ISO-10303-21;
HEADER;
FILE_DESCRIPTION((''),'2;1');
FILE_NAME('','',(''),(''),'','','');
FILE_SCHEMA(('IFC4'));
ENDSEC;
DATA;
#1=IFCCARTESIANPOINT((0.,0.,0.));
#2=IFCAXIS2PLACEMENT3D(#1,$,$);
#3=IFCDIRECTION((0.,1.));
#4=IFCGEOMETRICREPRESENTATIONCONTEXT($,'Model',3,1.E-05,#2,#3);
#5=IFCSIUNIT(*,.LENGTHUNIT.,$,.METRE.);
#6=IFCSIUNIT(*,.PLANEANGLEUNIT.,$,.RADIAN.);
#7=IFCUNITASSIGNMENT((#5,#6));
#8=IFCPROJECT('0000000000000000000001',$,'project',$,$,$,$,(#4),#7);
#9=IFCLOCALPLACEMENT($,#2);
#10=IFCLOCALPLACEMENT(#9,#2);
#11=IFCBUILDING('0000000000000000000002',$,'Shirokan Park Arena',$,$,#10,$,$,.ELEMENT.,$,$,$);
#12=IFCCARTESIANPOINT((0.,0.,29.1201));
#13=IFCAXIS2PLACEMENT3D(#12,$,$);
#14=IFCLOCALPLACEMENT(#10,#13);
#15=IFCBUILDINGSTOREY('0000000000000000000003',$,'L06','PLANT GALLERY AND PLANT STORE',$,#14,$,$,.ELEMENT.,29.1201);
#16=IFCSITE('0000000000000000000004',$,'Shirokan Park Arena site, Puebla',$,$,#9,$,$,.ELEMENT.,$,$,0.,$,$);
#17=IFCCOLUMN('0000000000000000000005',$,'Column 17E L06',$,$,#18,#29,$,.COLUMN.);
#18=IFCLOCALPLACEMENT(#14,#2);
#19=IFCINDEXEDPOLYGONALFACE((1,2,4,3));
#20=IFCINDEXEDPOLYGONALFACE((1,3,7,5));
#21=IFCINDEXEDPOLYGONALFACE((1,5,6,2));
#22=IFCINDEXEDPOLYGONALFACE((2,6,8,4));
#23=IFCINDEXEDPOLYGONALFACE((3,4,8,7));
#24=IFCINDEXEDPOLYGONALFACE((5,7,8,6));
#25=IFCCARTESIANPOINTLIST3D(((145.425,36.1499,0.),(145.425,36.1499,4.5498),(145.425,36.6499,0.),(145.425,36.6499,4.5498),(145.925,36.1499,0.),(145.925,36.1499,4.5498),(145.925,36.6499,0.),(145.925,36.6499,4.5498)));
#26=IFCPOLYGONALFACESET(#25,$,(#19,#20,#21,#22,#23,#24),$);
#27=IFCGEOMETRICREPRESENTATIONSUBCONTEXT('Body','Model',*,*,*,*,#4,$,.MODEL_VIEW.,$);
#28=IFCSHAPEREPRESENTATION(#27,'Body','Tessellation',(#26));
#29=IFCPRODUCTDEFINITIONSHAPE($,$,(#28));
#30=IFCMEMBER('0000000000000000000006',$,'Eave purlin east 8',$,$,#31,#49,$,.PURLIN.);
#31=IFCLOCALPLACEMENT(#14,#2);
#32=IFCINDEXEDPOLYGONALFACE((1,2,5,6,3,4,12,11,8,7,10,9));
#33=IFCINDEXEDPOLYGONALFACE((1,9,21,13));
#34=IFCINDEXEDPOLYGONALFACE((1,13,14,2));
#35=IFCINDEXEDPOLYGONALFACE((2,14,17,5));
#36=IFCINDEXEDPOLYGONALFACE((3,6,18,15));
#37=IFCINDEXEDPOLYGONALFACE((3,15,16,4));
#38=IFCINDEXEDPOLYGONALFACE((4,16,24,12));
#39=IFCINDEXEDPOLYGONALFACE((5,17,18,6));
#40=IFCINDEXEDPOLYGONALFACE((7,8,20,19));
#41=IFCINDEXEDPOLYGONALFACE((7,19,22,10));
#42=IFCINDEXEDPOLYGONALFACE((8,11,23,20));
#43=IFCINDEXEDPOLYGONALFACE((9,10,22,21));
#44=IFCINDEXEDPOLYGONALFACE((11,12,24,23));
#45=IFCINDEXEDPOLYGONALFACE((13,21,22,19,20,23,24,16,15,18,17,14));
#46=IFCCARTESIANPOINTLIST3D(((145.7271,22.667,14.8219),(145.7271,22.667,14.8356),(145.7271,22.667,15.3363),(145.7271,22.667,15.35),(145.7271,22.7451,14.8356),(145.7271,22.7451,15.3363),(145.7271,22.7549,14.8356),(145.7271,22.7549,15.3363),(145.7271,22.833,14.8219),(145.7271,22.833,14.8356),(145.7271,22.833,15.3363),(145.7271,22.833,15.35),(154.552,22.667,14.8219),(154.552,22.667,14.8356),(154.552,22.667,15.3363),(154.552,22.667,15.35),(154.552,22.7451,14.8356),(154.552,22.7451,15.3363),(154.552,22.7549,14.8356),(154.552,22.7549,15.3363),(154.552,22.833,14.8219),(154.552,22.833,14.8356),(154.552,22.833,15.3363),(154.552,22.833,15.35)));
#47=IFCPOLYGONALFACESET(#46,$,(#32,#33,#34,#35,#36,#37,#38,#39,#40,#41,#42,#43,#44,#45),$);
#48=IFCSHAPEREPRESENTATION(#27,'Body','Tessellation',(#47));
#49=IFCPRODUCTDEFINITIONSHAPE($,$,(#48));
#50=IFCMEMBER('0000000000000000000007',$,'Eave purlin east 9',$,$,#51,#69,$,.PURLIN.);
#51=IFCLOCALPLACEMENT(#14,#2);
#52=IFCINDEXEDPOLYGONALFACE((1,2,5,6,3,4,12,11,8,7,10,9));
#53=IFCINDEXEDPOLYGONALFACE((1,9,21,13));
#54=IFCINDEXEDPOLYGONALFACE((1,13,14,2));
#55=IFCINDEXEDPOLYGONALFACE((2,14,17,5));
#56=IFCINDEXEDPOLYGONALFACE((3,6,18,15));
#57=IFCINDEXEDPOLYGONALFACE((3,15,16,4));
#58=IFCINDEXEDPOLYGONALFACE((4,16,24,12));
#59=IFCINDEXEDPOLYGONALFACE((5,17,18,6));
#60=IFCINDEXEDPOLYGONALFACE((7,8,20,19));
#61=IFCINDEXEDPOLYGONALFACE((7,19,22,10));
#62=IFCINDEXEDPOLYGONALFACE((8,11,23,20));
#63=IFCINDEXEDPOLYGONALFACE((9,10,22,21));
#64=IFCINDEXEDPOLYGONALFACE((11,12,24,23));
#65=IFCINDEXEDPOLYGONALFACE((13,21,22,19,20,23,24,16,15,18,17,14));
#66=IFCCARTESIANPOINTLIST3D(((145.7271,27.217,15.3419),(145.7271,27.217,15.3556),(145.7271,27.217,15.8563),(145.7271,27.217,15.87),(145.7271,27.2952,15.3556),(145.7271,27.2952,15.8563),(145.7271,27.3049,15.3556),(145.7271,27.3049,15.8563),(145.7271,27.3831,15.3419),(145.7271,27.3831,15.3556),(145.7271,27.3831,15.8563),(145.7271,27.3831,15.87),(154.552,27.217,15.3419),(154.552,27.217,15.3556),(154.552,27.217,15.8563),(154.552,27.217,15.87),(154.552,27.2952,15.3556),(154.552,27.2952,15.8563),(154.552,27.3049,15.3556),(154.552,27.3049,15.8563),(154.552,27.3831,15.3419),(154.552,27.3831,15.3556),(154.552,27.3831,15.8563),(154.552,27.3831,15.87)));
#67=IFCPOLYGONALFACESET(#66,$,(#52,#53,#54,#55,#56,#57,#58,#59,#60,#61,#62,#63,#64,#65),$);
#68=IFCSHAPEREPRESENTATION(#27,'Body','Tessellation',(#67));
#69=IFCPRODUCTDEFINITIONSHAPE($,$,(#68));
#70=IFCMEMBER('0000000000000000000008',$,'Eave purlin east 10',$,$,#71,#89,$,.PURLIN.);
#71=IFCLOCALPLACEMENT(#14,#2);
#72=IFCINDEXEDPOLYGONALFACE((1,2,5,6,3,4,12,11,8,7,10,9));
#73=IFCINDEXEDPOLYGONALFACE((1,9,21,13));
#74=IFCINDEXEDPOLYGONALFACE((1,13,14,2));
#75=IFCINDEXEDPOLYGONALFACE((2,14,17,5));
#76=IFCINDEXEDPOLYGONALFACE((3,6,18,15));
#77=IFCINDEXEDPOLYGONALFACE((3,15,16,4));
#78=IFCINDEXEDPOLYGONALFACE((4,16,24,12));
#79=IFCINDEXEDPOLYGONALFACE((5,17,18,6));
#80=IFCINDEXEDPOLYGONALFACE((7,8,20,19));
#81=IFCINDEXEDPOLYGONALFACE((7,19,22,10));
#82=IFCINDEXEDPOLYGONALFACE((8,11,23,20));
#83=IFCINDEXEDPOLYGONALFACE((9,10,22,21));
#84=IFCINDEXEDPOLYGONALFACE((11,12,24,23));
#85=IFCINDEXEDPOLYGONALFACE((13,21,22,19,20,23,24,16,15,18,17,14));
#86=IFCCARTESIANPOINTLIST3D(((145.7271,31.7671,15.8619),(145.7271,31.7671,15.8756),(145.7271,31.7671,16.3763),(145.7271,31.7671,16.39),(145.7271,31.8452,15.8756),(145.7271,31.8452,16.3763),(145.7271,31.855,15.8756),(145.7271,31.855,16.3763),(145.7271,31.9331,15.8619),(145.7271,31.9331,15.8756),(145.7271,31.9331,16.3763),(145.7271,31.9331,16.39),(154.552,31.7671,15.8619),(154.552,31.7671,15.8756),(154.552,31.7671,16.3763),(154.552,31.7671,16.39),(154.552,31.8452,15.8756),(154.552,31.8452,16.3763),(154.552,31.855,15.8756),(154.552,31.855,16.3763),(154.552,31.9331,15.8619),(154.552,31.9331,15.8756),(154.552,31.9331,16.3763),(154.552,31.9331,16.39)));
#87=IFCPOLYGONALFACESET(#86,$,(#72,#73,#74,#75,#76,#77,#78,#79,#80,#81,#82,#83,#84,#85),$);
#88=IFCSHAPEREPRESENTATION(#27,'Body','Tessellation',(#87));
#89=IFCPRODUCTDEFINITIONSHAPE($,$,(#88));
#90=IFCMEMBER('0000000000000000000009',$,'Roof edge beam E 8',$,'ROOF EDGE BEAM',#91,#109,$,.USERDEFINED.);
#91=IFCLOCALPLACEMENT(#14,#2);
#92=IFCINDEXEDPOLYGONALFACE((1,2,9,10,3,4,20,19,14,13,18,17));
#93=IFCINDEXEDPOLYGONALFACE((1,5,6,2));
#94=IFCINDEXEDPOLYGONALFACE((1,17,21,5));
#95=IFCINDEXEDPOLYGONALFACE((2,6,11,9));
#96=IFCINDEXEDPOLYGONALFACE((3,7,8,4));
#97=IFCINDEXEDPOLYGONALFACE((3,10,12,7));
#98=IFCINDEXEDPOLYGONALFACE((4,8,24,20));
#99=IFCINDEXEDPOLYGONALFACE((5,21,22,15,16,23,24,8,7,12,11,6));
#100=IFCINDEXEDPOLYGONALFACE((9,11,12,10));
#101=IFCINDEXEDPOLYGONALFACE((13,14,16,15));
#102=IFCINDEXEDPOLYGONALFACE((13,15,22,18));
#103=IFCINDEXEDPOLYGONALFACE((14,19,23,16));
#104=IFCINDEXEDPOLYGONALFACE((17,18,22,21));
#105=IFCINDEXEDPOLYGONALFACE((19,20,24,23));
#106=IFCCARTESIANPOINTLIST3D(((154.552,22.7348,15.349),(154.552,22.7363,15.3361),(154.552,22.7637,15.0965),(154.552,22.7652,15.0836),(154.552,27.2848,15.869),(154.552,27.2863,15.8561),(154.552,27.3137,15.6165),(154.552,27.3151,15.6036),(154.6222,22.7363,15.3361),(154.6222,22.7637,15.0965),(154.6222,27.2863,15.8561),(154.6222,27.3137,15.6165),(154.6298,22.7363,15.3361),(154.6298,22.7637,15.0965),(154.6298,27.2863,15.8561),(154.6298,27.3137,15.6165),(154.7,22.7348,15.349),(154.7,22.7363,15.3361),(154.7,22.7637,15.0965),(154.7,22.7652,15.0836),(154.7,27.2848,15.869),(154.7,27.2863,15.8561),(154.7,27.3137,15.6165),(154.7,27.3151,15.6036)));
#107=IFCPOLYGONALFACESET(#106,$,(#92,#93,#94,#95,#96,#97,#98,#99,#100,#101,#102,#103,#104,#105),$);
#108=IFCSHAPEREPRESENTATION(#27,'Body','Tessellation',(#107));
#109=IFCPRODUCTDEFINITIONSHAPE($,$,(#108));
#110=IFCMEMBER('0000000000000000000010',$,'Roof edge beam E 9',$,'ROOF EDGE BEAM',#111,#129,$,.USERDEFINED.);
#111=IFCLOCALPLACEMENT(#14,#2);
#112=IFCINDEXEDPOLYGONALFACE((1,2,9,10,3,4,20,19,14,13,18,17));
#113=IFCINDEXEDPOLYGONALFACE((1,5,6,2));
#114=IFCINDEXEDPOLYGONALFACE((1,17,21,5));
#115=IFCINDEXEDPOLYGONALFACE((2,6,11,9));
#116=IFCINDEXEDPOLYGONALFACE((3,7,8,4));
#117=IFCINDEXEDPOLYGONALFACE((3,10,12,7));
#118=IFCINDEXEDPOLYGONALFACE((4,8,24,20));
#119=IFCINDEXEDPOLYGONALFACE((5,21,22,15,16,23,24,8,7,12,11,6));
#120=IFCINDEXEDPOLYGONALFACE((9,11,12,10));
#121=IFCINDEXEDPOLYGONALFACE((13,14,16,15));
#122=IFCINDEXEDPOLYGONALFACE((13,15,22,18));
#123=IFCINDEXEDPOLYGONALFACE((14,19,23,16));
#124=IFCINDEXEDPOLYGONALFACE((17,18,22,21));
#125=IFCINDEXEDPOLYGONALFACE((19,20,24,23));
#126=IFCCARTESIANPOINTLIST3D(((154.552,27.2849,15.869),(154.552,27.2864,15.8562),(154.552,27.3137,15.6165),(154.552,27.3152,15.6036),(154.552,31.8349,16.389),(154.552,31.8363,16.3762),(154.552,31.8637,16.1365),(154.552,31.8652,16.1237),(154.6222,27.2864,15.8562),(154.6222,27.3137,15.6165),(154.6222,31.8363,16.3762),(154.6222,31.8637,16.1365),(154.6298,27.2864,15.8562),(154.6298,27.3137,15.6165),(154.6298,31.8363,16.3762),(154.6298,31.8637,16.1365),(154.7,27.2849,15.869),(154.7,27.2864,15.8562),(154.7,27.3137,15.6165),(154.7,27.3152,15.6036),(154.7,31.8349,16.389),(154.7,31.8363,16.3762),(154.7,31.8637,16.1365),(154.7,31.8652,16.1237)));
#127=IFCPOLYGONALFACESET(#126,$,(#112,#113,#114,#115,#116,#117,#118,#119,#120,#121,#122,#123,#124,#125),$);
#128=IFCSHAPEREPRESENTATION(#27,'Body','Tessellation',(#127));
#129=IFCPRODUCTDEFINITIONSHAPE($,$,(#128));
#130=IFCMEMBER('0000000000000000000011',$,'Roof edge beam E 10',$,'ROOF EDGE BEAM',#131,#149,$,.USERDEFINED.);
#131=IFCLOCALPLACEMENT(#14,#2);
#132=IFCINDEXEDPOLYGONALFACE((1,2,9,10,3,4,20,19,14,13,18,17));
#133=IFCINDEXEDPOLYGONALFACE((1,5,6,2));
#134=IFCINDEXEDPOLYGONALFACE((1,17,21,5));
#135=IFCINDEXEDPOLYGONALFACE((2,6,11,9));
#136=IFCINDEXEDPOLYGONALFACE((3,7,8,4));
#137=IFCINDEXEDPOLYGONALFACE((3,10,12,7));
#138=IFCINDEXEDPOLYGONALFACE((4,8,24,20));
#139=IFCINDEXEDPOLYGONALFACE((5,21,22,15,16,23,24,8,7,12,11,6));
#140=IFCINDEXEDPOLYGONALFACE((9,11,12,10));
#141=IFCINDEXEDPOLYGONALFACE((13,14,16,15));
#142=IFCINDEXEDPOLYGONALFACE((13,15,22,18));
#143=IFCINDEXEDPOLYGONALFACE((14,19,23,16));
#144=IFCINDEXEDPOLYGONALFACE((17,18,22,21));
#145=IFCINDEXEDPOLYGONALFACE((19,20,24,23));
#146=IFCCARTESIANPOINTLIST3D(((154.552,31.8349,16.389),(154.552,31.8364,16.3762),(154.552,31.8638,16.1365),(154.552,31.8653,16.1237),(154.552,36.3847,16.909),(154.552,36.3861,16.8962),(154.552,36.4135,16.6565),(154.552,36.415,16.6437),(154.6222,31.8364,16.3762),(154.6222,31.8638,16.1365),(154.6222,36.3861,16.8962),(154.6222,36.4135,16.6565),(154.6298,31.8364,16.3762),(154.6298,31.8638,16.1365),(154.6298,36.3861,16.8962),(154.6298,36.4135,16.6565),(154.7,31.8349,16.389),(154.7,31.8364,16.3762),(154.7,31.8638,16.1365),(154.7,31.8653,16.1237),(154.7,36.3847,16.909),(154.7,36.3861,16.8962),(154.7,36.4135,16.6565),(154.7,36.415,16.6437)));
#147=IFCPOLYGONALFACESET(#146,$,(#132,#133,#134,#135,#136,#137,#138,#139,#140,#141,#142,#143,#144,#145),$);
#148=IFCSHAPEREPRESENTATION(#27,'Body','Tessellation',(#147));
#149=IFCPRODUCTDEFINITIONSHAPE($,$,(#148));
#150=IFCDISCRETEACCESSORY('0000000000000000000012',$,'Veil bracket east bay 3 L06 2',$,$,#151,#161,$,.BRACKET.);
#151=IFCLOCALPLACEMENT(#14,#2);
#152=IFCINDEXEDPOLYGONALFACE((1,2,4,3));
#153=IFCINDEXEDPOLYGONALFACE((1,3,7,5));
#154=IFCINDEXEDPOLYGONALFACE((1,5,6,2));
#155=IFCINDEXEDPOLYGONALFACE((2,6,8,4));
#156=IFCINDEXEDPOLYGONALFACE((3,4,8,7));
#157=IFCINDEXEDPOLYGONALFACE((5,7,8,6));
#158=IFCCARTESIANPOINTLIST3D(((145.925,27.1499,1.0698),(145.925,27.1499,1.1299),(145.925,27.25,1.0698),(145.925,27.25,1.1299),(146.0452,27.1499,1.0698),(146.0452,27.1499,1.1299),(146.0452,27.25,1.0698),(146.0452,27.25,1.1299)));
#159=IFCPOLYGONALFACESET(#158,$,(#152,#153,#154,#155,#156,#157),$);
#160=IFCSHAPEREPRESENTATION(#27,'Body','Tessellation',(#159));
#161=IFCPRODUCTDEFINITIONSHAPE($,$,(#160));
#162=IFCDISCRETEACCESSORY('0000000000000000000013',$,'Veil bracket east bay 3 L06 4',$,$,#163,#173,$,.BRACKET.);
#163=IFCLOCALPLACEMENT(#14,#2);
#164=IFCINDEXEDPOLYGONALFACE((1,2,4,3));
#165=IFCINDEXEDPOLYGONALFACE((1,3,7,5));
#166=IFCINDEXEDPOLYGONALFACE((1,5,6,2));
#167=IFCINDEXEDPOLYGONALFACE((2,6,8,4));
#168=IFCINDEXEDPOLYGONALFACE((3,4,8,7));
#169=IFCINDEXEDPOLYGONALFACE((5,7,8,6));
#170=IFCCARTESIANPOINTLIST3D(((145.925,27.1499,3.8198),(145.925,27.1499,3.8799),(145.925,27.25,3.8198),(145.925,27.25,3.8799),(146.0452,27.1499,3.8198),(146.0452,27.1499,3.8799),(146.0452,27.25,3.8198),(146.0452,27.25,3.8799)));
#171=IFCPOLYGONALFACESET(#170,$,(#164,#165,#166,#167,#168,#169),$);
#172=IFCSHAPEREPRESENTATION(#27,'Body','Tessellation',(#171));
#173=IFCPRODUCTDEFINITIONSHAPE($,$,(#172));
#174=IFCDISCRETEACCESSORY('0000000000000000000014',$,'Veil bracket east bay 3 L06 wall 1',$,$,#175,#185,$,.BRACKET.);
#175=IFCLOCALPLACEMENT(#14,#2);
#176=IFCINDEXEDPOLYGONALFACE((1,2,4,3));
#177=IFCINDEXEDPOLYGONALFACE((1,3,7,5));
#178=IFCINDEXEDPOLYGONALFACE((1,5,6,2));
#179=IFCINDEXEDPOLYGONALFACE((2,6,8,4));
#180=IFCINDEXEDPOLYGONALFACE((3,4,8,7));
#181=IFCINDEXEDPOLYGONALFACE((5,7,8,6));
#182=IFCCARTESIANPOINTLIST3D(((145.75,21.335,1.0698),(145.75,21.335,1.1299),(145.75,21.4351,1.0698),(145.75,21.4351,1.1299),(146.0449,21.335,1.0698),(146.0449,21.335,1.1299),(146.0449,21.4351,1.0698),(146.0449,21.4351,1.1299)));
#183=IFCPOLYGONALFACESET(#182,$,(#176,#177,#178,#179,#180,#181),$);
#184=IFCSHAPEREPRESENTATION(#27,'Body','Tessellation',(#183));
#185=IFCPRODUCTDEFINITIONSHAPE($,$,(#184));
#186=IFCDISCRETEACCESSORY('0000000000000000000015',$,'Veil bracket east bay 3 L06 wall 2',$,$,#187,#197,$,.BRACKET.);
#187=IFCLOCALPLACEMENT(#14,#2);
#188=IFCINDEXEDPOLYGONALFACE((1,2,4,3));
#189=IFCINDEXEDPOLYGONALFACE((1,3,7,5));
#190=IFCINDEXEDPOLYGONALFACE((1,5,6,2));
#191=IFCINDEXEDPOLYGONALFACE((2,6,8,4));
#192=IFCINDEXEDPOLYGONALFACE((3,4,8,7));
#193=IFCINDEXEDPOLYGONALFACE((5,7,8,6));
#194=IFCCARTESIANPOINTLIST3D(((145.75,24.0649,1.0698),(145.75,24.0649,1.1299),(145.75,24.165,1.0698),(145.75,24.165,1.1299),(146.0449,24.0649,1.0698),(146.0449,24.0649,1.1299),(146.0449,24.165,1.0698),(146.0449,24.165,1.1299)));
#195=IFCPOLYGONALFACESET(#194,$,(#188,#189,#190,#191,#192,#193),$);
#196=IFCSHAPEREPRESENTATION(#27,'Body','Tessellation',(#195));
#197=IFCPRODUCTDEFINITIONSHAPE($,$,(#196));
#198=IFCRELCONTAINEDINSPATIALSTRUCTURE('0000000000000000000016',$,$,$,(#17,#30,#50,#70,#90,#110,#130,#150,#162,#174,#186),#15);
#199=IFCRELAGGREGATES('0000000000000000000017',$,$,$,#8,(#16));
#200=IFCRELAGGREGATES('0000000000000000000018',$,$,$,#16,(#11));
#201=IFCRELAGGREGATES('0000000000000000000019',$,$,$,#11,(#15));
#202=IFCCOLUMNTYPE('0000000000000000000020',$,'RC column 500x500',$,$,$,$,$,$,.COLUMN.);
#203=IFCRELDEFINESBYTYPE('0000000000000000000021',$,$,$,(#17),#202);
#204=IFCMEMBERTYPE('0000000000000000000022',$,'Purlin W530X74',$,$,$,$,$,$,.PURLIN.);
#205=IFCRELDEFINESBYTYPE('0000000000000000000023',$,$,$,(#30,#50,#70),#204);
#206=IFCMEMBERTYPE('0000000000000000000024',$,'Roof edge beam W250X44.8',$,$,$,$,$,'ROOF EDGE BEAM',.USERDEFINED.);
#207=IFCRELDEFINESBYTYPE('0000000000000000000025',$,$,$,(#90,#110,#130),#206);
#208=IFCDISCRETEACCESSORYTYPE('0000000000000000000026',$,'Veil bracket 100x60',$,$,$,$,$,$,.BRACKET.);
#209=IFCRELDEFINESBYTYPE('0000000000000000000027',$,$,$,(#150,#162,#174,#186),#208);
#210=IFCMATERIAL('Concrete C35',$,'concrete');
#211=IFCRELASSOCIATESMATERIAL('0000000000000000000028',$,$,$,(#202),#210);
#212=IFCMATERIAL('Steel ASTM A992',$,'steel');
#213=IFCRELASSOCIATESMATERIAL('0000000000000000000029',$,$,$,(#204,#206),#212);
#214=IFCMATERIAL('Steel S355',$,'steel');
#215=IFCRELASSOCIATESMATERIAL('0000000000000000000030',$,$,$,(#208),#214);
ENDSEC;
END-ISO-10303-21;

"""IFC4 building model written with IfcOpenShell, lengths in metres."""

from ifc_helpers import new_model, si_unit, direction, frame, origin, origin_2d, place, context, subcontext, project, spatial, rectangle, i_section, extrude, material, material_profile, profile_set, type_object, element, save


model = new_model("IFC4")

# Units and contexts
model_context = context("Model", 3, precision=1e-05, world=origin(), true_north=direction((0.0, 1.0)))
body_context = subcontext(model_context, "Body", "Model", "MODEL_VIEW")
ifc_project = project(units=[si_unit("LENGTHUNIT", "METRE"), si_unit("PLANEANGLEUNIT", "RADIAN")], contexts=[model_context])

# Site, building, storey
site_placement = place(None, origin())
site = spatial("IfcSite", under=ifc_project, at=site_placement, Name="Shirokan Park Arena site, Puebla", CompositionType="ELEMENT", RefElevation=0.0)
building_placement = place(site_placement, origin())
building = spatial("IfcBuilding", under=site, at=building_placement, Name="Shirokan Park Arena", CompositionType="ELEMENT")
storey_placement = place(building_placement, frame((0.0, 0.0, 29.1201)))
storey = spatial("IfcBuildingStorey", under=building, at=storey_placement, Name="L06", Description="PLANT GALLERY AND PLANT STORE", CompositionType="ELEMENT", Elevation=29.1201)

# Column
ifc_material_1 = material(Name="Concrete C35", Category="concrete")
ifc_material_profile_1 = material_profile(ifc_material_1, rectangle(XDim=0.5, YDim=0.5, at=origin_2d()), Name="500x500")
ifc_profile_set_1 = profile_set([ifc_material_profile_1], Name="Concrete C35")
column_type = type_object("IfcColumnType", Name="RC column 500x500", PredefinedType="COLUMN", material=ifc_profile_set_1)
column_placement = place(storey_placement, frame((145.675, 36.3999, 0.0), z_axis=(0.0, 0.0, 1.0), x_axis=(1.0, 0.0, 0.0)))
element("IfcColumn", 1, at=column_placement, inside=storey, type_object=column_type, Name="Column 17E L06", PredefinedType="COLUMN", context=body_context, shape_type="SweptSolid", body=[
    extrude(rectangle(XDim=0.5, YDim=0.5, at=origin_2d()), origin(), (0.0, 0.0, 1.0), 4.5498),
])

# Members
ifc_material_2 = material(Name="Steel ASTM A992", Category="steel")
ifc_material_profile_2 = material_profile(ifc_material_2, i_section(OverallWidth=0.166, OverallDepth=0.5281, WebThickness=0.0098, FlangeThickness=0.0137, at=origin_2d()), Name="W530X74")
ifc_profile_set_2 = profile_set([ifc_material_profile_2], Name="Steel ASTM A992")
member_type_1 = type_object("IfcMemberType", Name="Purlin W530X74", PredefinedType="PURLIN", material=ifc_profile_set_2)
for number, where, z_axis, x_axis, name in (
    (2, (145.7271, 22.75, 15.0859), (1.0, 0.0, 0.0), (0.0, 1.0, 0.0), "Eave purlin east 8"),
    (3, (145.7271, 27.3, 15.606), (1.0, 0.0, 0.0), (0.0, 1.0, 0.0), "Eave purlin east 9"),
    (4, (145.7271, 31.8501, 16.126), (1.0, 0.0, 0.0), (0.0, 1.0, 0.0), "Eave purlin east 10"),
):
    element("IfcMember", number, at=place(storey_placement, frame(where, z_axis=z_axis, x_axis=x_axis)), inside=storey, type_object=member_type_1, Name=name, PredefinedType="PURLIN", context=body_context, shape_type="SweptSolid", body=[
        extrude(i_section(OverallWidth=0.166, OverallDepth=0.5281, WebThickness=0.0098, FlangeThickness=0.0137, at=origin_2d()), origin(), (0.0, 0.0, 1.0), 8.825),
    ])
ifc_material_profile_3 = material_profile(ifc_material_2, i_section(OverallWidth=0.1479, OverallDepth=0.2671, WebThickness=0.0076, FlangeThickness=0.0129, at=origin_2d()), Name="W250X44.8")
ifc_profile_set_3 = profile_set([ifc_material_profile_3], Name="Steel ASTM A992")
member_type_2 = type_object("IfcMemberType", Name="Roof edge beam W250X44.8", ElementType="ROOF EDGE BEAM", PredefinedType="USERDEFINED", material=ifc_profile_set_3)
for number, where, z_axis, x_axis, name in (
    (5, (154.626, 22.75, 15.2163), (0.0, 0.993532, 0.11355), (-1.0, 0.0, 0.0), "Roof edge beam E 8"),
    (6, (154.626, 27.3, 15.7363), (0.0, 0.993532, 0.11355), (-1.0, 0.0, 0.0), "Roof edge beam E 9"),
):
    element("IfcMember", number, at=place(storey_placement, frame(where, z_axis=z_axis, x_axis=x_axis)), inside=storey, type_object=member_type_2, Name=name, ObjectType="ROOF EDGE BEAM", PredefinedType="USERDEFINED", context=body_context, shape_type="SweptSolid", body=[
        extrude(i_section(OverallWidth=0.1479, OverallDepth=0.2671, WebThickness=0.0076, FlangeThickness=0.0129, at=origin_2d()), origin(), (0.0, 0.0, 1.0), 4.5796),
    ])
member_placement = place(storey_placement, frame((154.626, 31.8501, 16.2563), z_axis=(0.0, 0.993532, 0.113556), x_axis=(-1.0, 0.0, 0.0)))
element("IfcMember", 7, at=member_placement, inside=storey, type_object=member_type_2, Name="Roof edge beam E 10", ObjectType="ROOF EDGE BEAM", PredefinedType="USERDEFINED", context=body_context, shape_type="SweptSolid", body=[
    extrude(i_section(OverallWidth=0.1479, OverallDepth=0.2671, WebThickness=0.0076, FlangeThickness=0.0129, at=origin_2d()), origin(), (0.0, 0.0, 1.0), 4.5793),
])

# Discrete accessories
ifc_material_3 = material(Name="Steel S355", Category="steel")
discrete_accessory_type = type_object("IfcDiscreteAccessoryType", Name="Veil bracket 100x60", PredefinedType="BRACKET", material=ifc_material_3)
for number, where, z_axis, x_axis, name in (
    (8, (145.9851, 27.2, 1.0698), (0.0, 0.0, 1.0), (0.0, 1.0, 0.0), "Veil bracket east bay 3 L06 2"),
    (9, (145.9851, 27.2, 3.8198), (0.0, 0.0, 1.0), (0.0, 1.0, 0.0), "Veil bracket east bay 3 L06 4"),
):
    element("IfcDiscreteAccessory", number, at=place(storey_placement, frame(where, z_axis=z_axis, x_axis=x_axis)), inside=storey, type_object=discrete_accessory_type, Name=name, PredefinedType="BRACKET", context=body_context, shape_type="SweptSolid", body=[
        extrude(rectangle(XDim=0.1001, YDim=0.1201, at=origin_2d()), origin(), (0.0, 0.0, 1.0), 0.0601),
    ])
for number, where, z_axis, x_axis, name in (
    (10, (145.8975, 21.385, 1.0698), (0.0, 0.0, 1.0), (0.0, 1.0, 0.0), "Veil bracket east bay 3 L06 wall 1"),
    (11, (145.8975, 24.115, 1.0698), (0.0, 0.0, 1.0), (0.0, 1.0, 0.0), "Veil bracket east bay 3 L06 wall 2"),
):
    element("IfcDiscreteAccessory", number, at=place(storey_placement, frame(where, z_axis=z_axis, x_axis=x_axis)), inside=storey, type_object=discrete_accessory_type, Name=name, PredefinedType="BRACKET", context=body_context, shape_type="SweptSolid", body=[
        extrude(rectangle(XDim=0.1001, YDim=0.2949, at=origin_2d()), origin(), (0.0, 0.0, 1.0), 0.0601),
    ])

save(model, "model.ifc")
